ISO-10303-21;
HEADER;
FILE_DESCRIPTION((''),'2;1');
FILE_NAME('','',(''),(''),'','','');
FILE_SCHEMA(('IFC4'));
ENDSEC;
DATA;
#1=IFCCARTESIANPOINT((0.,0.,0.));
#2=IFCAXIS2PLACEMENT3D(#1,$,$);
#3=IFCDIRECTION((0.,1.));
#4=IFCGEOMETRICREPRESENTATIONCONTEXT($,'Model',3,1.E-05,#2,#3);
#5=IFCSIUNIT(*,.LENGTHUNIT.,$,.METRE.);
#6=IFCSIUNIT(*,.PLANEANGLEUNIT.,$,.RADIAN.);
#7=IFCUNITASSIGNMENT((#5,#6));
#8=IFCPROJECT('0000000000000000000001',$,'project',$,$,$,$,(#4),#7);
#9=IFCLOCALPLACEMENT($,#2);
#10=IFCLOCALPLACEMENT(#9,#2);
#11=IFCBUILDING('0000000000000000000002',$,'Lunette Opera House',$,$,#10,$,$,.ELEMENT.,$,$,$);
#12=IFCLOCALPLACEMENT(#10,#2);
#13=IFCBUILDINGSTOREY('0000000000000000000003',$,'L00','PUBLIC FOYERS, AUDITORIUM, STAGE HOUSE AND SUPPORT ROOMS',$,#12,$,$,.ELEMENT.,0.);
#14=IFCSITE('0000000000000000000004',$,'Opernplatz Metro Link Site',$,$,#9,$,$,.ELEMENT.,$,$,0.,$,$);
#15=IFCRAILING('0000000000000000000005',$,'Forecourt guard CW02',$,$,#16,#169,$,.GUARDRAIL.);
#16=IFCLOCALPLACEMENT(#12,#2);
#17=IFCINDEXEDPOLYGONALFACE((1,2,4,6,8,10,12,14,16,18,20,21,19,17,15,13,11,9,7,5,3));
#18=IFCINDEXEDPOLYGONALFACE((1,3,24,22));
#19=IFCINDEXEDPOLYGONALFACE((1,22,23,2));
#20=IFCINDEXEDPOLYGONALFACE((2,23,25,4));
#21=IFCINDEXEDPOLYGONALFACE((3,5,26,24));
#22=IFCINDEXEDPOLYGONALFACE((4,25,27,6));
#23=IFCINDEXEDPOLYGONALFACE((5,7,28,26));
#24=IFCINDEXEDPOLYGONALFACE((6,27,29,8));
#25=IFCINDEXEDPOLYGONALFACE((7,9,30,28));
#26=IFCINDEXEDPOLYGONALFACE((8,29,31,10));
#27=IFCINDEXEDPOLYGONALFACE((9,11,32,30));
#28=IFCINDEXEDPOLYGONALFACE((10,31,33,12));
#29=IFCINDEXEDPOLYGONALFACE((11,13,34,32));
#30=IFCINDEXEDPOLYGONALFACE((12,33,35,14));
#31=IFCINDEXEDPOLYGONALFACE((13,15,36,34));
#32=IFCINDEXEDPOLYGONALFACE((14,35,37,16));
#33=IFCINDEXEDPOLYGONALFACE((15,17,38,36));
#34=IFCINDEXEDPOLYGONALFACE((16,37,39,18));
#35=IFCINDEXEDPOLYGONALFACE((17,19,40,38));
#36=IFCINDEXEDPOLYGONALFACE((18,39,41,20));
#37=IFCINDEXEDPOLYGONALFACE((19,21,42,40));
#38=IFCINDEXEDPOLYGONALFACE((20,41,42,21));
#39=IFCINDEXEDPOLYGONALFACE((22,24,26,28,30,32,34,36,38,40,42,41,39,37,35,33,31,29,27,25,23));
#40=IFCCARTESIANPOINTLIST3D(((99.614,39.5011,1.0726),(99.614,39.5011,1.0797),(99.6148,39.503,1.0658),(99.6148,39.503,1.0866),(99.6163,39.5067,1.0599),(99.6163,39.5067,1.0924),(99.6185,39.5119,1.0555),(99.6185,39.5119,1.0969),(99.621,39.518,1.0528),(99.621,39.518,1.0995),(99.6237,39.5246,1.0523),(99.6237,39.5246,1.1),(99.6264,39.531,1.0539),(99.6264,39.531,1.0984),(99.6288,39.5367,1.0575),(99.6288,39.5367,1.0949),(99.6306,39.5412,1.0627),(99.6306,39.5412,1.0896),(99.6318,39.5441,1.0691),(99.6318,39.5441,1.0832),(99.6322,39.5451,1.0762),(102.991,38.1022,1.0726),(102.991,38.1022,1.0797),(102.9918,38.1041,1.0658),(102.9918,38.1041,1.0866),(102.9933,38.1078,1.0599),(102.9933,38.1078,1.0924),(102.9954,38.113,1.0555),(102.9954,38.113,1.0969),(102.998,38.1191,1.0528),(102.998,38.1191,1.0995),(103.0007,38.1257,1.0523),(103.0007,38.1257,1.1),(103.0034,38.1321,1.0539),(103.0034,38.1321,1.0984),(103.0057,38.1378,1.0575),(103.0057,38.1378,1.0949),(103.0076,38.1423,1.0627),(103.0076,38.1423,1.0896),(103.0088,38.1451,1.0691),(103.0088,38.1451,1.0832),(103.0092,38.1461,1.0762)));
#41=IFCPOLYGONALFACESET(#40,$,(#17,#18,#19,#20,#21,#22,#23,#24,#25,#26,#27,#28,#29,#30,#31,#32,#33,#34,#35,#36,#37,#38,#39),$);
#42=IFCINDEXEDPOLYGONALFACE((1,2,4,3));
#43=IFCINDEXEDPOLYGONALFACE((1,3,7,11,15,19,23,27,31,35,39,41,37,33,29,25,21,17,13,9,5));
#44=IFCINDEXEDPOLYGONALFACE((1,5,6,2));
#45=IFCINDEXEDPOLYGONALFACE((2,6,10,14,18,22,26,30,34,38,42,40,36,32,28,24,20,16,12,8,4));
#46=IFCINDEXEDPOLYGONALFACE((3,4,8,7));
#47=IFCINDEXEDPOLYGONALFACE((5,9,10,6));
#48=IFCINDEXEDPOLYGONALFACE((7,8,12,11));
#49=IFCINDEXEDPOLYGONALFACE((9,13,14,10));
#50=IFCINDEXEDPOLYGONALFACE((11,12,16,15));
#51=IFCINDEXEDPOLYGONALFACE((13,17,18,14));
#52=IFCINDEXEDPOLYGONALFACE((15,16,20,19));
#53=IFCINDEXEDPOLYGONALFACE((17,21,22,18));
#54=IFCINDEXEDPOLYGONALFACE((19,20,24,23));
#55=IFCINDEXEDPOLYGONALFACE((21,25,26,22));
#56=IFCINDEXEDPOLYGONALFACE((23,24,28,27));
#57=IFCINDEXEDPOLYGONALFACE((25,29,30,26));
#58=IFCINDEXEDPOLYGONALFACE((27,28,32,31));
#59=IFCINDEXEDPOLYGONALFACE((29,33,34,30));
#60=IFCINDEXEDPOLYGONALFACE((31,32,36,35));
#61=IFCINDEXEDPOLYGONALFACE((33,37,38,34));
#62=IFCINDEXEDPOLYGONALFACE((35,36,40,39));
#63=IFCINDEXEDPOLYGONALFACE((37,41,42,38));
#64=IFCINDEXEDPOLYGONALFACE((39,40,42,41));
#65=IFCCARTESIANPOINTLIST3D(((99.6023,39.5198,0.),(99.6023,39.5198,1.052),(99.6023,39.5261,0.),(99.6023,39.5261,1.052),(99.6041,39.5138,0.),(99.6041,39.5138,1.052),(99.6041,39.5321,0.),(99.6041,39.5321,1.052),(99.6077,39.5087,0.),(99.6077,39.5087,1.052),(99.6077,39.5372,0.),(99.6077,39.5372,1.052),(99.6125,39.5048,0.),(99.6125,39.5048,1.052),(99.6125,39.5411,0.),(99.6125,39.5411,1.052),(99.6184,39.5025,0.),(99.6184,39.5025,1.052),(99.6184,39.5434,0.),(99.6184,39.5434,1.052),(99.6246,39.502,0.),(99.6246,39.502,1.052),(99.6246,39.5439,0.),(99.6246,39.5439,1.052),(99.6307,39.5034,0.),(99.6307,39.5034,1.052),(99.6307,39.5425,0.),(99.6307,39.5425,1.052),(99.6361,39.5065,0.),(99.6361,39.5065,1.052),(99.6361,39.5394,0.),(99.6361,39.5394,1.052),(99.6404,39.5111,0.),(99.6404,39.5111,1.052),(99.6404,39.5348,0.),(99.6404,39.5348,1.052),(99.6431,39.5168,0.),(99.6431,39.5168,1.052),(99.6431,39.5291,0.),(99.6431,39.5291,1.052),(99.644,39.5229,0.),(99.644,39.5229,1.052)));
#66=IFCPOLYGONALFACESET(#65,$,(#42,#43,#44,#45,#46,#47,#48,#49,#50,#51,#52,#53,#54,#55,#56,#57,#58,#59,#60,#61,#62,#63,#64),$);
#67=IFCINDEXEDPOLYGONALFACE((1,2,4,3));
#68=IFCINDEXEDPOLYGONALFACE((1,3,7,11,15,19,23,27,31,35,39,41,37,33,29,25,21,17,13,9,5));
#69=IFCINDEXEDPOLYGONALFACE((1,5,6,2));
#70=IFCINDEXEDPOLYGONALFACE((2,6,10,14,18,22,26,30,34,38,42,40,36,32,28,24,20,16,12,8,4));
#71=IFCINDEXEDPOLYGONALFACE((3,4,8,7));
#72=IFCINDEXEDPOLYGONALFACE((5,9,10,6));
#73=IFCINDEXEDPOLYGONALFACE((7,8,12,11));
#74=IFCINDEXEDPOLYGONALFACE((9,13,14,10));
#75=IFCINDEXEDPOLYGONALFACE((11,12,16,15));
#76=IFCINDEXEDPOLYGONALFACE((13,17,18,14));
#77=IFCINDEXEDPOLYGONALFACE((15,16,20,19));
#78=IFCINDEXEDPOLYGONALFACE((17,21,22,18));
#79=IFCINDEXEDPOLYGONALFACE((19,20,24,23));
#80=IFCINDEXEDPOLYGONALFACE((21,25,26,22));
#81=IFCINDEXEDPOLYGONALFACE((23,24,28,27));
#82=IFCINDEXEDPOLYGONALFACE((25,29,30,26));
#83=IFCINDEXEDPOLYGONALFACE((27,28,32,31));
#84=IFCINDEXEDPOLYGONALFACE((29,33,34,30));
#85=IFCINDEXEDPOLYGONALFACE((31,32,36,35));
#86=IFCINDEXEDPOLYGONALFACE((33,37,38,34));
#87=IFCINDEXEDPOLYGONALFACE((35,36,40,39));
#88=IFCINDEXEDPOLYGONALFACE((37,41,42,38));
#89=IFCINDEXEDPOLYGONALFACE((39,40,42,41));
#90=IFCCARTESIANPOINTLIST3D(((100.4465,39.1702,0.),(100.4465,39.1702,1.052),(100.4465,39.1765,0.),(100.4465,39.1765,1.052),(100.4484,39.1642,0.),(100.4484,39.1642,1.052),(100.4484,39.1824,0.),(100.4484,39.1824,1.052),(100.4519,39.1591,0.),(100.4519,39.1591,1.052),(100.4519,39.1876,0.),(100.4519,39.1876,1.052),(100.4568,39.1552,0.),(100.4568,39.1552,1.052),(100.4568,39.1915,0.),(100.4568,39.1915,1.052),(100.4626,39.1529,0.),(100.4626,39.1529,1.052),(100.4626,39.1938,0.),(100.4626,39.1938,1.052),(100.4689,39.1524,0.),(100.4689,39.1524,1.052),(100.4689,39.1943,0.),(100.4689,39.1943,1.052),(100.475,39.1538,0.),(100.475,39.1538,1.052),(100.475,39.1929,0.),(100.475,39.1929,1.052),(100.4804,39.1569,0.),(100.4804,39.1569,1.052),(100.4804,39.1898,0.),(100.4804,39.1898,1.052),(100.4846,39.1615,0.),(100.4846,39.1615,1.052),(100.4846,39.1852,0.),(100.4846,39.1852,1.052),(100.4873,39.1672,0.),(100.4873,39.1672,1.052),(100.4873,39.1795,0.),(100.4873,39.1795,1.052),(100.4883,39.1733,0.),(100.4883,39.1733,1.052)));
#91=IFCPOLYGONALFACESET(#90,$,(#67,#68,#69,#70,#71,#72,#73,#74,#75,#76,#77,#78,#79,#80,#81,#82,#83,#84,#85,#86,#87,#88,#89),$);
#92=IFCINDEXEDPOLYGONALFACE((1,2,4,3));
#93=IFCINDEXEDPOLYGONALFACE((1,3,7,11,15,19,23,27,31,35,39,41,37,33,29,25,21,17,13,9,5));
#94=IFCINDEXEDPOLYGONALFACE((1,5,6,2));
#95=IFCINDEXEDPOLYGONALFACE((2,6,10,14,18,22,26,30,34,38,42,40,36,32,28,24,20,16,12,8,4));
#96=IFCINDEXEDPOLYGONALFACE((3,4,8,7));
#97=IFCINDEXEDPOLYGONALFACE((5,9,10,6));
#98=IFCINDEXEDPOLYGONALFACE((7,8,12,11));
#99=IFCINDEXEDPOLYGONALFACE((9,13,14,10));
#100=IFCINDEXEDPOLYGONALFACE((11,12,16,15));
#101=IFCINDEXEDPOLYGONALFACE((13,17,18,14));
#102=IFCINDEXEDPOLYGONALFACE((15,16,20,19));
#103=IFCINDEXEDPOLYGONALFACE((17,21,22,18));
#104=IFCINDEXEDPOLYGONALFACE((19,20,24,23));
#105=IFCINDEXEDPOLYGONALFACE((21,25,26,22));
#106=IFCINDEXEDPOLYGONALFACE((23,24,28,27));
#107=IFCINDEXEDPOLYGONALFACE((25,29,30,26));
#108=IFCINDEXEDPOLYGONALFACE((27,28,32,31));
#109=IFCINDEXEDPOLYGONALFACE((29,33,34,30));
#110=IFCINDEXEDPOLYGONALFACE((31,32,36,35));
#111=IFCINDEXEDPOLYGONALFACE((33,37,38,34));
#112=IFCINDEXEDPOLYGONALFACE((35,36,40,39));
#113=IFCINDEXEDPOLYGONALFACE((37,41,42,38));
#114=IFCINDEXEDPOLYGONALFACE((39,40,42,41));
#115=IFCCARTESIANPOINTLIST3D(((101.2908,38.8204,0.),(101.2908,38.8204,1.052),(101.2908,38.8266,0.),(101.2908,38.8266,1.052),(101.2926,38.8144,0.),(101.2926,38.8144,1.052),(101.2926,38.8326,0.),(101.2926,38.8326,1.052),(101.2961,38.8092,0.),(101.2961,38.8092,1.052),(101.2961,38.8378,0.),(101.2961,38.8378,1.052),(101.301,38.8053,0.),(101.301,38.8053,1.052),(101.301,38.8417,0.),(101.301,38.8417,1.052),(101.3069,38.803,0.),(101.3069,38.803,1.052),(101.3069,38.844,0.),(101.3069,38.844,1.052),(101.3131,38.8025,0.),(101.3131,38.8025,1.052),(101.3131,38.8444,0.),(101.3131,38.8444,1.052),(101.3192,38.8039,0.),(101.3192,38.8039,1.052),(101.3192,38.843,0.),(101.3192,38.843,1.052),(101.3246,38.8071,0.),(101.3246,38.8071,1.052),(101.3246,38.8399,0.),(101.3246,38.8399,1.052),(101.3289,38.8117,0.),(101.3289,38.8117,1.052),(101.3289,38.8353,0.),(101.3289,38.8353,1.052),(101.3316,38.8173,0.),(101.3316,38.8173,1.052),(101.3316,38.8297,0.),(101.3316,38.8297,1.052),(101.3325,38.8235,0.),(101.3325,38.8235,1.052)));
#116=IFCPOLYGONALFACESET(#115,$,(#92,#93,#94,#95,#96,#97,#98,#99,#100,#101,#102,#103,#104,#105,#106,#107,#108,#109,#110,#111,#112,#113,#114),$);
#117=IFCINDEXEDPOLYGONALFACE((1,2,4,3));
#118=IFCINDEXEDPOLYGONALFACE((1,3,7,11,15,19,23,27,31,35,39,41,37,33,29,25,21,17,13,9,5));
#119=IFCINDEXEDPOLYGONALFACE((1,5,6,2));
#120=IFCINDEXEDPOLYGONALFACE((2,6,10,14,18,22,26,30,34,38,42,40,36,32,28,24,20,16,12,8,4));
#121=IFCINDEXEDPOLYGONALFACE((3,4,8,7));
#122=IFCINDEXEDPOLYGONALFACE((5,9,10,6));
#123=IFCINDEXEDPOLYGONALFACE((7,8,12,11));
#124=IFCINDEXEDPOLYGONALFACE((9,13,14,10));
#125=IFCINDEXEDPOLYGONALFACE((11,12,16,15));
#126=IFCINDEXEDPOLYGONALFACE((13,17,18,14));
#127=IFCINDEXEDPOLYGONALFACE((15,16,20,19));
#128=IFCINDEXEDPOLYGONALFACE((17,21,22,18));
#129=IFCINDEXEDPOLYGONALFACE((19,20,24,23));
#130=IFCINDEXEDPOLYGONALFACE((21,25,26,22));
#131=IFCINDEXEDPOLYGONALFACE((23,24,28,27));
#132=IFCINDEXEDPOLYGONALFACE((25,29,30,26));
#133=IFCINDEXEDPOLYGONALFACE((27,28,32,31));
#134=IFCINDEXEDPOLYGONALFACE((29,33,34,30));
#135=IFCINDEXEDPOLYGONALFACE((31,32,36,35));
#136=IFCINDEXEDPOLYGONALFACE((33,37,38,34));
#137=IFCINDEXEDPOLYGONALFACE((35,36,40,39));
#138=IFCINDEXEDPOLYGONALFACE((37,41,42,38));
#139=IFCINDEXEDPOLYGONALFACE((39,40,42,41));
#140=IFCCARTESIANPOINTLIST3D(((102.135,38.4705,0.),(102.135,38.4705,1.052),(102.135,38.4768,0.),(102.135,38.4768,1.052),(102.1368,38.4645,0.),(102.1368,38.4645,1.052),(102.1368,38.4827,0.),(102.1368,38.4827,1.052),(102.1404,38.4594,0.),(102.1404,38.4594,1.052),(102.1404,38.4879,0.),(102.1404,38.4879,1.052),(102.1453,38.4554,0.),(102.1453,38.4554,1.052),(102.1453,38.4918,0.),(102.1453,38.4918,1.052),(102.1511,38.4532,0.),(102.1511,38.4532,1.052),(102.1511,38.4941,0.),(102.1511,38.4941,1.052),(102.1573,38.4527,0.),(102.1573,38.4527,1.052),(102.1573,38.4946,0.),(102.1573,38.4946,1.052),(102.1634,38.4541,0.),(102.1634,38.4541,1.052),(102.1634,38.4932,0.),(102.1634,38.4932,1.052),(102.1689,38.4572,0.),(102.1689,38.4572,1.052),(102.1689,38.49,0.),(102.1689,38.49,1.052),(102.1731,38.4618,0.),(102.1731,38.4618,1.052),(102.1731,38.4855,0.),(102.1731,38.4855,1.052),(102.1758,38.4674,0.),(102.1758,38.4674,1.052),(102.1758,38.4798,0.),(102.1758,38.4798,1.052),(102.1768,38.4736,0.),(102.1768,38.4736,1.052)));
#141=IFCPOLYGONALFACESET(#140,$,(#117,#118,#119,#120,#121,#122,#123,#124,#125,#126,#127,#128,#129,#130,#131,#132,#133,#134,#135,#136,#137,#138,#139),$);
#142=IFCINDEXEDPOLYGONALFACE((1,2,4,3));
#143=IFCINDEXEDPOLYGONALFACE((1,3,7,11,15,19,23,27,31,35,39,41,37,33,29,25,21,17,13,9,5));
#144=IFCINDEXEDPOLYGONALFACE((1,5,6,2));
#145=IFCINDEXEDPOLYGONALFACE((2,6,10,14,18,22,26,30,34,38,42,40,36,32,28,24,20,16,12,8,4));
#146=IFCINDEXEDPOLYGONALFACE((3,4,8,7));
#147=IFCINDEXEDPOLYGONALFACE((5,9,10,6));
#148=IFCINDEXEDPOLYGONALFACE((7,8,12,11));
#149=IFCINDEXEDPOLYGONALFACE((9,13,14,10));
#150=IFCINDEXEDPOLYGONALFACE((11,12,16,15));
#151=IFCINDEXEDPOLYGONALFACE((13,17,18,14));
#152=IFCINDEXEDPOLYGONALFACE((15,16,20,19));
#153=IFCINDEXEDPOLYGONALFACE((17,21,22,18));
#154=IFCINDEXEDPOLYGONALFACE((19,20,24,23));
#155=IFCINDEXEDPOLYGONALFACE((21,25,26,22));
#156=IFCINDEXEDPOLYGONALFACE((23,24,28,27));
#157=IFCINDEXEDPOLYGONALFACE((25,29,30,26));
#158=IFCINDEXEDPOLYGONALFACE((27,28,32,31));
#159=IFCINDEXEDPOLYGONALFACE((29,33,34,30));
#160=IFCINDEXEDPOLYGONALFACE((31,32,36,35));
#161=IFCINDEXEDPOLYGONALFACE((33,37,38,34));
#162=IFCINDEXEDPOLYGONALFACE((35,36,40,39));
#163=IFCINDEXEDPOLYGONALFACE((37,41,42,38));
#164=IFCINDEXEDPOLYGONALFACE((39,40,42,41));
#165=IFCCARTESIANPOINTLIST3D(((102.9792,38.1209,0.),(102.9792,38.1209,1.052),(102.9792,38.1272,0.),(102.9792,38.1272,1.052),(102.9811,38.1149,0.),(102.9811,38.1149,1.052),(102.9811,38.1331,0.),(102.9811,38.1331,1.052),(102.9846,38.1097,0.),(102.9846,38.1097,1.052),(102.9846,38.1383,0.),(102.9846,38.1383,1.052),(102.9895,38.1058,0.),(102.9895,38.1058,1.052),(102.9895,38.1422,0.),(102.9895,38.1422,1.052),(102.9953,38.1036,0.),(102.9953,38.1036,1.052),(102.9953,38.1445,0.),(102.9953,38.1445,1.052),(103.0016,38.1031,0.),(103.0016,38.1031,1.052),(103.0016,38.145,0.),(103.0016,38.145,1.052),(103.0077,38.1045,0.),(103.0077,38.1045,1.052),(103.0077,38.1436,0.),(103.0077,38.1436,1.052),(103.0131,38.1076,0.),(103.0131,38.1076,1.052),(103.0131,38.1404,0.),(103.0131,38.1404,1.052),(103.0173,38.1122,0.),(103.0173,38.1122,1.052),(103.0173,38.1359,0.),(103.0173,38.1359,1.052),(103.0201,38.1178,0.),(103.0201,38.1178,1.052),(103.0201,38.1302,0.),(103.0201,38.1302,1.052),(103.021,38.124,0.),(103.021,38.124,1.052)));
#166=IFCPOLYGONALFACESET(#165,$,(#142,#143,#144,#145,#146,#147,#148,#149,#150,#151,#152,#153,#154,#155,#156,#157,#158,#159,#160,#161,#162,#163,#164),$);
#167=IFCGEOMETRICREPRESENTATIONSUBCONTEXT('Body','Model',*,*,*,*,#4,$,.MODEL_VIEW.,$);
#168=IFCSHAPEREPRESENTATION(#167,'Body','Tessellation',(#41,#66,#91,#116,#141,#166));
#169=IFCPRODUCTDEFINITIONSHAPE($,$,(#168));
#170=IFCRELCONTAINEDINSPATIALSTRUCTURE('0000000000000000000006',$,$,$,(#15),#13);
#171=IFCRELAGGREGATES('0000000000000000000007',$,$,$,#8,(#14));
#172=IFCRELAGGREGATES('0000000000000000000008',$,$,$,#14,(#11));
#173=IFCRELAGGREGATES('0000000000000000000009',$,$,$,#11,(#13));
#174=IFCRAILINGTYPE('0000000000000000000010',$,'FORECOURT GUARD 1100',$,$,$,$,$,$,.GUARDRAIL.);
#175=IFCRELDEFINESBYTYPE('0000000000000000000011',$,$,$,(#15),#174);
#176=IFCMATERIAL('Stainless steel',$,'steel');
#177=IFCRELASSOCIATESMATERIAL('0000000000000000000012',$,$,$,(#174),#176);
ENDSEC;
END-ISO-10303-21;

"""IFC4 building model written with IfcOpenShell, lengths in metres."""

from ifc_helpers import new_model, si_unit, direction, frame, origin, origin_2d, place, context, subcontext, project, spatial, circle, extrude, material, type_object, element, save


model = new_model("IFC4")

# Units and contexts
model_context = context("Model", 3, precision=1e-05, world=origin(), true_north=direction((0.0, 1.0)))
body_context = subcontext(model_context, "Body", "Model", "MODEL_VIEW")
ifc_project = project(units=[si_unit("LENGTHUNIT", "METRE"), si_unit("PLANEANGLEUNIT", "RADIAN")], contexts=[model_context])

# Site, building, storey
site_placement = place(None, origin())
site = spatial("IfcSite", under=ifc_project, at=site_placement, Name="Opernplatz Metro Link Site", CompositionType="ELEMENT", RefElevation=0.0)
building_placement = place(site_placement, origin())
building = spatial("IfcBuilding", under=site, at=building_placement, Name="Lunette Opera House", CompositionType="ELEMENT")
storey_placement = place(building_placement, origin())
storey = spatial("IfcBuildingStorey", under=building, at=storey_placement, Name="L00", Description="PUBLIC FOYERS, AUDITORIUM, STAGE HOUSE AND SUPPORT ROOMS", CompositionType="ELEMENT", Elevation=0.0)

# Railing
ifc_material_1 = material(Name="Stainless steel", Category="steel")
railing_type = type_object("IfcRailingType", Name="FORECOURT GUARD 1100", PredefinedType="GUARDRAIL", material=ifc_material_1)
railing_1_placement = place(storey_placement, frame((99.623, 39.5229, 0.0)))
element("IfcRailing", 1, at=railing_1_placement, inside=storey, type_object=railing_type, Name="Forecourt guard CW02", PredefinedType="GUARDRAIL", context=body_context, shape_type="SweptSolid", body=[
    extrude(circle(Radius=0.0239, at=origin_2d()), frame((0.0, 0.0, 1.0762), z_axis=(0.923865, -0.382718, 0.0), x_axis=(0.382718, 0.923865, 0.0)), (0.0, 0.0, 1.0), 3.6553),
    extrude(circle(Radius=0.021, at=origin_2d()), origin(), (0.0, 0.0, 1.0), 1.052),
    extrude(circle(Radius=0.021, at=origin_2d()), frame((0.8442, -0.3496, 0.0)), (0.0, 0.0, 1.0), 1.052),
    extrude(circle(Radius=0.021, at=origin_2d()), frame((1.6885, -0.6995, 0.0)), (0.0, 0.0, 1.0), 1.052),
    extrude(circle(Radius=0.021, at=origin_2d()), frame((2.5327, -1.0493, 0.0)), (0.0, 0.0, 1.0), 1.052),
    extrude(circle(Radius=0.021, at=origin_2d()), frame((3.377, -1.3989, 0.0)), (0.0, 0.0, 1.0), 1.052),
])

save(model, "model.ifc")
